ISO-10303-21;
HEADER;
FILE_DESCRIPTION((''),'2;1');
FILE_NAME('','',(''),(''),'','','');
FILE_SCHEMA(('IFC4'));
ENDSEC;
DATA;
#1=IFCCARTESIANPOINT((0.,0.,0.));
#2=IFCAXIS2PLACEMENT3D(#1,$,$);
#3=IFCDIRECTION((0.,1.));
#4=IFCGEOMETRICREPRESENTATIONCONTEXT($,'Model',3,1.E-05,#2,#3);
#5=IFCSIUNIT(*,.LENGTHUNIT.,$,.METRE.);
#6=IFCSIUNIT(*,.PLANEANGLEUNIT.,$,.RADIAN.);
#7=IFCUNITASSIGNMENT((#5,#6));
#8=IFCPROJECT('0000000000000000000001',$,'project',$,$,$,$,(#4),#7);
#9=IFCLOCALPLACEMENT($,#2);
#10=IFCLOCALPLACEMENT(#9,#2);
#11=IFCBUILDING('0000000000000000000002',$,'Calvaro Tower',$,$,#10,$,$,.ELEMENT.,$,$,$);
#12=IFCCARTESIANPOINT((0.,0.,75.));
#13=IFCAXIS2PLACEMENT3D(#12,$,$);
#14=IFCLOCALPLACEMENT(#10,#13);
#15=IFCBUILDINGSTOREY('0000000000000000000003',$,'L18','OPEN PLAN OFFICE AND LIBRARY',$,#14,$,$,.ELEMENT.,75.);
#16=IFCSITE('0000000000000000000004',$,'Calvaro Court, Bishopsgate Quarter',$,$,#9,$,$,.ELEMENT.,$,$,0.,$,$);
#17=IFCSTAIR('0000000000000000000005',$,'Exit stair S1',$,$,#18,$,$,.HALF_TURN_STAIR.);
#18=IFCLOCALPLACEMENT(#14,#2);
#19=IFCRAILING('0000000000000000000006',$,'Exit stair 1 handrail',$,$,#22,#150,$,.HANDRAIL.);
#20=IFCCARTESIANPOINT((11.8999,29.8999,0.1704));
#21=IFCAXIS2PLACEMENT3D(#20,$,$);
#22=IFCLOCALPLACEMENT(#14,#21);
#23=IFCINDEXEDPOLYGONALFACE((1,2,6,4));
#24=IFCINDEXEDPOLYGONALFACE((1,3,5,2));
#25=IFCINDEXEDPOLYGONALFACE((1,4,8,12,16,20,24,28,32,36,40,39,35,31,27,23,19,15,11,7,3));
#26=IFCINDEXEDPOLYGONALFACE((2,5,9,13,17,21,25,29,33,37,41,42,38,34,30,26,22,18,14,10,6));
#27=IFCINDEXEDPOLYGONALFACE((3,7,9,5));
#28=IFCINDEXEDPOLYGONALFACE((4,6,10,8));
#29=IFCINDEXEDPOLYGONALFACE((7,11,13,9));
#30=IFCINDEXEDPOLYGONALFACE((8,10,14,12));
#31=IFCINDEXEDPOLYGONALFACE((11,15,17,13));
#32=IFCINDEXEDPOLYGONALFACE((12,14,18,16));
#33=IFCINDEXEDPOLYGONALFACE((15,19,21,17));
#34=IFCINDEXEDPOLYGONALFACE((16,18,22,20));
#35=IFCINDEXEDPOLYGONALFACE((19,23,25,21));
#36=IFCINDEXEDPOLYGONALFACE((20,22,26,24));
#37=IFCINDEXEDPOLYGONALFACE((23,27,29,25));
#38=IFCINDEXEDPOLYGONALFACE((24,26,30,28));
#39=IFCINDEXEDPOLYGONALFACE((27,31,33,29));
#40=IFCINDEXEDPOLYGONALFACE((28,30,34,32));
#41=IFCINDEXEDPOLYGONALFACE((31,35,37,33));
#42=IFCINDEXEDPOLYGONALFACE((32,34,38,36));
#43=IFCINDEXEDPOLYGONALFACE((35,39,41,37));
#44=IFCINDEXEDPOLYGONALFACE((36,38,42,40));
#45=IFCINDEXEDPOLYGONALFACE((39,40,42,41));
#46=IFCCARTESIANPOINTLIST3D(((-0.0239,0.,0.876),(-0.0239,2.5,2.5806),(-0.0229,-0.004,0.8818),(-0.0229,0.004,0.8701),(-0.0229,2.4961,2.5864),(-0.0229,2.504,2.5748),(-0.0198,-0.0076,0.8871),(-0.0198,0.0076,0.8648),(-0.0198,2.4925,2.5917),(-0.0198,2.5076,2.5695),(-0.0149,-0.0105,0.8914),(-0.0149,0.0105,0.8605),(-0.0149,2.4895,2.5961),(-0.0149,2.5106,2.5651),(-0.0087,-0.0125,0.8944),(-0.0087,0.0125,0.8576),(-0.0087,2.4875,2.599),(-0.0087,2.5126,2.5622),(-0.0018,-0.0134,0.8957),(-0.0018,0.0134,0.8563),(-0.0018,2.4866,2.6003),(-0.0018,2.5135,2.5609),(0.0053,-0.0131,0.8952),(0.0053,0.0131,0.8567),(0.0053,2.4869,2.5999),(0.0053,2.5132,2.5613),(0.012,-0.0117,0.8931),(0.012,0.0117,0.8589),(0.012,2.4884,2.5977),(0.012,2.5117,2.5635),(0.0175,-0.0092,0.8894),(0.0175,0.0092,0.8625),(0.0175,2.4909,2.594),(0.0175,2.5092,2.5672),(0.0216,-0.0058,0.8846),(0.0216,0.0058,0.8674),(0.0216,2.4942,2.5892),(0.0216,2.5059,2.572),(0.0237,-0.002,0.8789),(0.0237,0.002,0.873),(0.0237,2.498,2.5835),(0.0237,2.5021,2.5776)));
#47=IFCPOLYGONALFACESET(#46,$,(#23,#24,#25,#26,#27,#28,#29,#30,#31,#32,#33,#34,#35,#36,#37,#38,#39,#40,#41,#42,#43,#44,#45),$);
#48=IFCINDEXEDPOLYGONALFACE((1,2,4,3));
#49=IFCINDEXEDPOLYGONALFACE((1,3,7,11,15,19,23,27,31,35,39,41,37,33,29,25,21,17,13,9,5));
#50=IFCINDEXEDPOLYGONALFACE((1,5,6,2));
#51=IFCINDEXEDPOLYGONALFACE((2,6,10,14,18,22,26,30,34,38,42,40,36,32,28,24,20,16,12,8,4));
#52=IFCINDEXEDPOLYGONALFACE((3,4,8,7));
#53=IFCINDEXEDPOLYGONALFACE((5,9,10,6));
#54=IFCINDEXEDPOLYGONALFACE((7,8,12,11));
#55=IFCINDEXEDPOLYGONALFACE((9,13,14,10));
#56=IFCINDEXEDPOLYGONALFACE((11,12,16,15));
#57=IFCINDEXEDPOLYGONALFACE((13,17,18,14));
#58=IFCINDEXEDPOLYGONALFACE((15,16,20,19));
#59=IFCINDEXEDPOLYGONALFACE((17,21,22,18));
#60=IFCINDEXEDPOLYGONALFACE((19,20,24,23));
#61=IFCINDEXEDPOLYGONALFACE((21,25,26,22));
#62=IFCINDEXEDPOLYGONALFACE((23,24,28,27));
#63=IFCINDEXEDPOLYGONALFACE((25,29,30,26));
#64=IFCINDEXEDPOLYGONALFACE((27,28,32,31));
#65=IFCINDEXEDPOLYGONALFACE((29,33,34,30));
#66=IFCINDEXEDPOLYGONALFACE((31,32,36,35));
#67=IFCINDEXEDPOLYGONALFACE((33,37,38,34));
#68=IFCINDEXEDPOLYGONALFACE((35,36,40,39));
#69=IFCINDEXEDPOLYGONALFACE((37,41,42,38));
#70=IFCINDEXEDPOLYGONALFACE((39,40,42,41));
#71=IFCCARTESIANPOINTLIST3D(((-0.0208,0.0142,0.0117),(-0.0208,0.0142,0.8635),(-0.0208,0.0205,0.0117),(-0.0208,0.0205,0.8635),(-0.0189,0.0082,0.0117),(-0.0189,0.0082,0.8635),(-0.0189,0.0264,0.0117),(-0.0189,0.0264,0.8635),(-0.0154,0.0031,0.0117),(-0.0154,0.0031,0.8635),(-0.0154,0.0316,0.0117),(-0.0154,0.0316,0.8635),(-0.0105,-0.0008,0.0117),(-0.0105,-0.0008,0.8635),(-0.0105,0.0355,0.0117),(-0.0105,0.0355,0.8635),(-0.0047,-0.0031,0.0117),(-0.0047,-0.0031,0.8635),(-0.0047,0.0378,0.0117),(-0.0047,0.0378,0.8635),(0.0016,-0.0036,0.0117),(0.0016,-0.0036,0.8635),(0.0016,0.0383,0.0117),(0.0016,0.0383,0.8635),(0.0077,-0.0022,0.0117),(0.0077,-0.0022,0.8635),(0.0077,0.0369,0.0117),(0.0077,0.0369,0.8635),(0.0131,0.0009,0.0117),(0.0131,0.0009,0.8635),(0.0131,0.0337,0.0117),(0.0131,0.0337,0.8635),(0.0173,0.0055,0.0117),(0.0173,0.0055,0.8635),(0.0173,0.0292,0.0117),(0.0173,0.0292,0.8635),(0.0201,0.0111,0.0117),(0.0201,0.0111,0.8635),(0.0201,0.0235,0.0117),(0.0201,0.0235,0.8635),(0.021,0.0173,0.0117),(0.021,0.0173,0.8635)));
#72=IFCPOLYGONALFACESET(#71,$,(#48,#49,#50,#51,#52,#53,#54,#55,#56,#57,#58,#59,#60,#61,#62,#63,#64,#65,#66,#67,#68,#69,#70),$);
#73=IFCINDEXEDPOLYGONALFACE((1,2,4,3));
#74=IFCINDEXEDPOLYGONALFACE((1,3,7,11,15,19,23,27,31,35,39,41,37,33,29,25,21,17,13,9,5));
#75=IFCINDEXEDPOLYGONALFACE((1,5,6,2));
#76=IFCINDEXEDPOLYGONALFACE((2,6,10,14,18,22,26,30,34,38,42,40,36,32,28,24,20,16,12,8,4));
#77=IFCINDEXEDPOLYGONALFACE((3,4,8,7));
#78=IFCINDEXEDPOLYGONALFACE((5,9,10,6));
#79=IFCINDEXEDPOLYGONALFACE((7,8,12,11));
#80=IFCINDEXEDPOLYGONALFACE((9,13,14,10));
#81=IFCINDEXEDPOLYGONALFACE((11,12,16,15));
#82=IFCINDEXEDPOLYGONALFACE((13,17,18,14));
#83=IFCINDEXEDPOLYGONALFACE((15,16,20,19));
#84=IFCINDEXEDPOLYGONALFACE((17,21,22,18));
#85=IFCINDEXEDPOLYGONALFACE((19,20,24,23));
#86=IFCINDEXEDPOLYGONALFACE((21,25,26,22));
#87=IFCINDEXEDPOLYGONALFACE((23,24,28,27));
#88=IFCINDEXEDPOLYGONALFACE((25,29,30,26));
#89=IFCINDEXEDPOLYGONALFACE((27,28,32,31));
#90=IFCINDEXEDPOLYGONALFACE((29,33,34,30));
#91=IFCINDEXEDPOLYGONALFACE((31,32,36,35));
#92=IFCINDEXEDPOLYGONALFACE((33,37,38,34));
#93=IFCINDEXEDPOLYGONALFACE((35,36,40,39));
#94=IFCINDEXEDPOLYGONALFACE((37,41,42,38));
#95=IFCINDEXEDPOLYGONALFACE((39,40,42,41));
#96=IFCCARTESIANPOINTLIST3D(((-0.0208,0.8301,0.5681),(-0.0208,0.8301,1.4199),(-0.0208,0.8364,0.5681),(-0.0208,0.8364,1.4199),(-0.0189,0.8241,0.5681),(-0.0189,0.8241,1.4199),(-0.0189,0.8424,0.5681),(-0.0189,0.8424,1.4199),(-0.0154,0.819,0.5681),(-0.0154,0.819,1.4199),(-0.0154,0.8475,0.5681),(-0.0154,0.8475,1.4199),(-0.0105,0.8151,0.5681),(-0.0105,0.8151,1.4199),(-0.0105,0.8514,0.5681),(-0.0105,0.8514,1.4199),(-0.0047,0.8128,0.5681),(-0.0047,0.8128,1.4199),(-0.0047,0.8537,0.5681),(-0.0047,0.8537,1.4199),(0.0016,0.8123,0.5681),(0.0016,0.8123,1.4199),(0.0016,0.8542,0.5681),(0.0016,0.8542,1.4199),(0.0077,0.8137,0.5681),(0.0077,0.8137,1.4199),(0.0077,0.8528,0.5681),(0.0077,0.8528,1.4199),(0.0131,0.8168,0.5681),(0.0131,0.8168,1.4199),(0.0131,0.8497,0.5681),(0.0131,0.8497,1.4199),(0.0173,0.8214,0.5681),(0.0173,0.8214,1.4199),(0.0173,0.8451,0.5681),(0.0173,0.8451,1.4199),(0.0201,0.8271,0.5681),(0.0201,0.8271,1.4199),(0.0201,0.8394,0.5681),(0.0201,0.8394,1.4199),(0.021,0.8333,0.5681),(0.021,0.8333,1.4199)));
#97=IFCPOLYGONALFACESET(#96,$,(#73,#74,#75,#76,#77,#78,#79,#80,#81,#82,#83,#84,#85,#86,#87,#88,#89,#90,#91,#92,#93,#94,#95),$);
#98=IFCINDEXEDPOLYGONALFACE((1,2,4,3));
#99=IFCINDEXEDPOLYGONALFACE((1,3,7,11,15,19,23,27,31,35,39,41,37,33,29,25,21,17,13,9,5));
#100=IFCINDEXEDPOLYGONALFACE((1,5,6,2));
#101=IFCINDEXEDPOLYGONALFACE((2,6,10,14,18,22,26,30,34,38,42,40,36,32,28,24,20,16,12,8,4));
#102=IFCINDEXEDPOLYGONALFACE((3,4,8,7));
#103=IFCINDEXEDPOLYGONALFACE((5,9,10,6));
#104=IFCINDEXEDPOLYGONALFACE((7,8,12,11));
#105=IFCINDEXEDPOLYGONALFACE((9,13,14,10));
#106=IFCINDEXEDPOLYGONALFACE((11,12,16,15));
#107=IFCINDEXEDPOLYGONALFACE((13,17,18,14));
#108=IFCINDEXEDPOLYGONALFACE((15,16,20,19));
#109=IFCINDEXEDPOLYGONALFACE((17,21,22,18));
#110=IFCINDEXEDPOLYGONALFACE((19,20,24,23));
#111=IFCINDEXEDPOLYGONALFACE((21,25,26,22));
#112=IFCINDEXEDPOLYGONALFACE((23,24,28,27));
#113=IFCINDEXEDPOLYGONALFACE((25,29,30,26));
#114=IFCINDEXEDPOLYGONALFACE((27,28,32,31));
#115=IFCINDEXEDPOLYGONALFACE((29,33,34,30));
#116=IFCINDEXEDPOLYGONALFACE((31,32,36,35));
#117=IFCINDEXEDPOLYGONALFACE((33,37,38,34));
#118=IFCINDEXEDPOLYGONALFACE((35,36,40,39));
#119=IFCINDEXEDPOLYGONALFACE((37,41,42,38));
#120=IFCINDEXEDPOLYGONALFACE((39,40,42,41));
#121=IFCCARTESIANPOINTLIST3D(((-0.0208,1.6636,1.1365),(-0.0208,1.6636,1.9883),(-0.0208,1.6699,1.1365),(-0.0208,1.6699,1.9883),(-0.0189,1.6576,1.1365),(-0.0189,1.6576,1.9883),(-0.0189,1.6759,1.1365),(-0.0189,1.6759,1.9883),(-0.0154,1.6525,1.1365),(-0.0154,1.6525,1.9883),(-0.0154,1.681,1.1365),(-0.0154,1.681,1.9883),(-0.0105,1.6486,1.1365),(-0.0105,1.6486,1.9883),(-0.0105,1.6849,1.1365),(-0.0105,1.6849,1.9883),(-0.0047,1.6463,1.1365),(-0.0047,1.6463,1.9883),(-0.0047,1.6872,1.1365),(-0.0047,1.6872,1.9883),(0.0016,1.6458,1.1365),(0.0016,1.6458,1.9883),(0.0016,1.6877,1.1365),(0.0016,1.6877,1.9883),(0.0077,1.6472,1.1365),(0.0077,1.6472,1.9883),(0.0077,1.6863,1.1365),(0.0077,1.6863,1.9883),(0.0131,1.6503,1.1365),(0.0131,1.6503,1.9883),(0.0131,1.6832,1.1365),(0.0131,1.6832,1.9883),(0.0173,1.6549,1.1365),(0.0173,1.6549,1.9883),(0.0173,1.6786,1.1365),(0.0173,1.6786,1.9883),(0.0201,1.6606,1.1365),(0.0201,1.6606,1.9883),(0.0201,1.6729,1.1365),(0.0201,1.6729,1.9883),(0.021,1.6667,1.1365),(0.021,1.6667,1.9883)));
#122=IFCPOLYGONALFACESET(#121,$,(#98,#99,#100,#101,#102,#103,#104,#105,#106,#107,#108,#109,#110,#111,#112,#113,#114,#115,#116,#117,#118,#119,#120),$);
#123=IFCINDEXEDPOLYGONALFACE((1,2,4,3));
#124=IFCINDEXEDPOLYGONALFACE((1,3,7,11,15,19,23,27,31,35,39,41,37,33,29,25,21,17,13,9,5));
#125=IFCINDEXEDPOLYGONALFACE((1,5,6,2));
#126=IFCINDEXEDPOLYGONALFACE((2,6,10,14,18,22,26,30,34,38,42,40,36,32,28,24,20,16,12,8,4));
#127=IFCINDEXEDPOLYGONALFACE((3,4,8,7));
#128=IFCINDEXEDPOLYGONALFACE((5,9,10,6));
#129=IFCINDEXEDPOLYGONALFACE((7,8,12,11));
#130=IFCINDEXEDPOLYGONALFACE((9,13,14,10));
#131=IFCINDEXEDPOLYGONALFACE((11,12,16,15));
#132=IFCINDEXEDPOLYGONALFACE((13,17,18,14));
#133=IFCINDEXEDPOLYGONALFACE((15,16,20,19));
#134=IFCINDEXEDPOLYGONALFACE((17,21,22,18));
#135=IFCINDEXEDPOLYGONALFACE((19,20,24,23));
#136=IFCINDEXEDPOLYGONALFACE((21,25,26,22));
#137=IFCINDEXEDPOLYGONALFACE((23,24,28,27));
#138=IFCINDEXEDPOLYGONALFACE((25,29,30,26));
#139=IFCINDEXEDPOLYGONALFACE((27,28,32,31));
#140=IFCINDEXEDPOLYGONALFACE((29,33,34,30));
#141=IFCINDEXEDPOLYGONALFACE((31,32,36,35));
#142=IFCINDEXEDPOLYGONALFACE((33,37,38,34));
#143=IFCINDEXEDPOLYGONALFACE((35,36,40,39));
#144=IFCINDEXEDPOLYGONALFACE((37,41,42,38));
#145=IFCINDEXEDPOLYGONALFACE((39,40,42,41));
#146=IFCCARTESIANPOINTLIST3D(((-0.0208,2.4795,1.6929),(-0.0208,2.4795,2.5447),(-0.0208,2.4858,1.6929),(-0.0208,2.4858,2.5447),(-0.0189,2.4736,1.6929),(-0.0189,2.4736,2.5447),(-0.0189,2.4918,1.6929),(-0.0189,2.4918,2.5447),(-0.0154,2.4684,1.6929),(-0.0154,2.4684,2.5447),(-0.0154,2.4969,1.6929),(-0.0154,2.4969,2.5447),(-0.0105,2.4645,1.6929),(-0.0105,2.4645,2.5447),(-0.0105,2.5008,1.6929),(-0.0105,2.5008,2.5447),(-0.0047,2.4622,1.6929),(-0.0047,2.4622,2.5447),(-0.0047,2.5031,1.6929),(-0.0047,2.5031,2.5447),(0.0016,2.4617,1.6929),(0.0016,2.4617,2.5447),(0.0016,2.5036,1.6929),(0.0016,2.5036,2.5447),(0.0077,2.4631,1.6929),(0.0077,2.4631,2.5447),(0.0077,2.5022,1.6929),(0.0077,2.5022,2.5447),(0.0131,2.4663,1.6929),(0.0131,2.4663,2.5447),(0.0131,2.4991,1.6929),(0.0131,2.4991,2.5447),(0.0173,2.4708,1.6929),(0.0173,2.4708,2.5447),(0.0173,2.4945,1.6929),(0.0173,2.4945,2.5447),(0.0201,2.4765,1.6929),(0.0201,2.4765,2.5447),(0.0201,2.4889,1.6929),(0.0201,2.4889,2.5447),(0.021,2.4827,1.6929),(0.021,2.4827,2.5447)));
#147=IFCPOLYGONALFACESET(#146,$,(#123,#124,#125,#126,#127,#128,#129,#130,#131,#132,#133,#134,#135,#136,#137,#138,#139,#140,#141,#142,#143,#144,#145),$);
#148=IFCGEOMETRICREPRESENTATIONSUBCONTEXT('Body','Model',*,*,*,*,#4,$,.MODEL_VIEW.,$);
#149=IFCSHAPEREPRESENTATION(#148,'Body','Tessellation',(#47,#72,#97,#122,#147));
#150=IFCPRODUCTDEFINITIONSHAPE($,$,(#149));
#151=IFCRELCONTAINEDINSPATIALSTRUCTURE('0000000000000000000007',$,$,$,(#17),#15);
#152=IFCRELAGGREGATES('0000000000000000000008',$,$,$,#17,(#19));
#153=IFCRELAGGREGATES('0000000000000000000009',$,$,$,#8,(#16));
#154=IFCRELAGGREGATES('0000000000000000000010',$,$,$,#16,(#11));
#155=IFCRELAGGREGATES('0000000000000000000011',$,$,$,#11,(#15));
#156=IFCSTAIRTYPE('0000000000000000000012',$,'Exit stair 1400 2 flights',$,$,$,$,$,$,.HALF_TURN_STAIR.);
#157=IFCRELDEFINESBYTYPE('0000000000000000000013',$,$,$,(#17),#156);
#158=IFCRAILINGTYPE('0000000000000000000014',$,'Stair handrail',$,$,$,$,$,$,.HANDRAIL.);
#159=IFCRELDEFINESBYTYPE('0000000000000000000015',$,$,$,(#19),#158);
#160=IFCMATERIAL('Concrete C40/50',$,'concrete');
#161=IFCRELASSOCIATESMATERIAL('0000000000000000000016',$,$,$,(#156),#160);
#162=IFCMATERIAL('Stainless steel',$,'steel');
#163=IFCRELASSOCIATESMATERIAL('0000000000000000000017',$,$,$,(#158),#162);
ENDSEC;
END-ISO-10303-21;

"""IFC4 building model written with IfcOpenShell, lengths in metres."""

from ifc_helpers import new_model, si_unit, direction, frame, origin, origin_2d, place, context, subcontext, project, spatial, circle, extrude, material, type_object, element, aggregate, save


model = new_model("IFC4")

# Units and contexts
model_context = context("Model", 3, precision=1e-05, world=origin(), true_north=direction((0.0, 1.0)))
body_context = subcontext(model_context, "Body", "Model", "MODEL_VIEW")
ifc_project = project(units=[si_unit("LENGTHUNIT", "METRE"), si_unit("PLANEANGLEUNIT", "RADIAN")], contexts=[model_context])

# Site, building, storey
site_placement = place(None, origin())
site = spatial("IfcSite", under=ifc_project, at=site_placement, Name="Calvaro Court, Bishopsgate Quarter", CompositionType="ELEMENT", RefElevation=0.0)
building_placement = place(site_placement, origin())
building = spatial("IfcBuilding", under=site, at=building_placement, Name="Calvaro Tower", CompositionType="ELEMENT")
storey_placement = place(building_placement, frame((0.0, 0.0, 75.0)))
storey = spatial("IfcBuildingStorey", under=building, at=storey_placement, Name="L18", Description="OPEN PLAN OFFICE AND LIBRARY", CompositionType="ELEMENT", Elevation=75.0)

# Stair, railing
ifc_material_1 = material(Name="Concrete C40/50", Category="concrete")
stair_type = type_object("IfcStairType", Name="Exit stair 1400 2 flights", PredefinedType="HALF_TURN_STAIR", material=ifc_material_1)
stair_placement = place(storey_placement, origin())
stair = element("IfcStair", 1, at=stair_placement, inside=storey, type_object=stair_type, Name="Exit stair S1", PredefinedType="HALF_TURN_STAIR")
ifc_material_2 = material(Name="Stainless steel", Category="steel")
railing_type = type_object("IfcRailingType", Name="Stair handrail", PredefinedType="HANDRAIL", material=ifc_material_2)
railing_placement = place(storey_placement, frame((11.8999, 29.8999, 0.1704)))
railing = element("IfcRailing", 2, at=railing_placement, type_object=railing_type, Name="Exit stair 1 handrail", PredefinedType="HANDRAIL", context=body_context, shape_type="SweptSolid", body=[
    extrude(circle(Radius=0.0239, at=origin_2d()), frame((0.0, 0.0, 0.876), z_axis=(0.0, 0.826221, 0.563347), x_axis=(-1.0, 0.0, 0.0)), (0.0, 0.0, 1.0), 3.0259),
    extrude(circle(Radius=0.021, at=origin_2d()), frame((0.0, 0.0173, 0.0117)), (0.0, 0.0, 1.0), 0.8518),
    extrude(circle(Radius=0.021, at=origin_2d()), frame((0.0, 0.8333, 0.5681)), (0.0, 0.0, 1.0), 0.8518),
    extrude(circle(Radius=0.021, at=origin_2d()), frame((0.0, 1.6667, 1.1365)), (0.0, 0.0, 1.0), 0.8518),
    extrude(circle(Radius=0.021, at=origin_2d()), frame((0.0, 2.4827, 1.6929)), (0.0, 0.0, 1.0), 0.8518),
])
aggregate(stair, [railing])

save(model, "model.ifc")
